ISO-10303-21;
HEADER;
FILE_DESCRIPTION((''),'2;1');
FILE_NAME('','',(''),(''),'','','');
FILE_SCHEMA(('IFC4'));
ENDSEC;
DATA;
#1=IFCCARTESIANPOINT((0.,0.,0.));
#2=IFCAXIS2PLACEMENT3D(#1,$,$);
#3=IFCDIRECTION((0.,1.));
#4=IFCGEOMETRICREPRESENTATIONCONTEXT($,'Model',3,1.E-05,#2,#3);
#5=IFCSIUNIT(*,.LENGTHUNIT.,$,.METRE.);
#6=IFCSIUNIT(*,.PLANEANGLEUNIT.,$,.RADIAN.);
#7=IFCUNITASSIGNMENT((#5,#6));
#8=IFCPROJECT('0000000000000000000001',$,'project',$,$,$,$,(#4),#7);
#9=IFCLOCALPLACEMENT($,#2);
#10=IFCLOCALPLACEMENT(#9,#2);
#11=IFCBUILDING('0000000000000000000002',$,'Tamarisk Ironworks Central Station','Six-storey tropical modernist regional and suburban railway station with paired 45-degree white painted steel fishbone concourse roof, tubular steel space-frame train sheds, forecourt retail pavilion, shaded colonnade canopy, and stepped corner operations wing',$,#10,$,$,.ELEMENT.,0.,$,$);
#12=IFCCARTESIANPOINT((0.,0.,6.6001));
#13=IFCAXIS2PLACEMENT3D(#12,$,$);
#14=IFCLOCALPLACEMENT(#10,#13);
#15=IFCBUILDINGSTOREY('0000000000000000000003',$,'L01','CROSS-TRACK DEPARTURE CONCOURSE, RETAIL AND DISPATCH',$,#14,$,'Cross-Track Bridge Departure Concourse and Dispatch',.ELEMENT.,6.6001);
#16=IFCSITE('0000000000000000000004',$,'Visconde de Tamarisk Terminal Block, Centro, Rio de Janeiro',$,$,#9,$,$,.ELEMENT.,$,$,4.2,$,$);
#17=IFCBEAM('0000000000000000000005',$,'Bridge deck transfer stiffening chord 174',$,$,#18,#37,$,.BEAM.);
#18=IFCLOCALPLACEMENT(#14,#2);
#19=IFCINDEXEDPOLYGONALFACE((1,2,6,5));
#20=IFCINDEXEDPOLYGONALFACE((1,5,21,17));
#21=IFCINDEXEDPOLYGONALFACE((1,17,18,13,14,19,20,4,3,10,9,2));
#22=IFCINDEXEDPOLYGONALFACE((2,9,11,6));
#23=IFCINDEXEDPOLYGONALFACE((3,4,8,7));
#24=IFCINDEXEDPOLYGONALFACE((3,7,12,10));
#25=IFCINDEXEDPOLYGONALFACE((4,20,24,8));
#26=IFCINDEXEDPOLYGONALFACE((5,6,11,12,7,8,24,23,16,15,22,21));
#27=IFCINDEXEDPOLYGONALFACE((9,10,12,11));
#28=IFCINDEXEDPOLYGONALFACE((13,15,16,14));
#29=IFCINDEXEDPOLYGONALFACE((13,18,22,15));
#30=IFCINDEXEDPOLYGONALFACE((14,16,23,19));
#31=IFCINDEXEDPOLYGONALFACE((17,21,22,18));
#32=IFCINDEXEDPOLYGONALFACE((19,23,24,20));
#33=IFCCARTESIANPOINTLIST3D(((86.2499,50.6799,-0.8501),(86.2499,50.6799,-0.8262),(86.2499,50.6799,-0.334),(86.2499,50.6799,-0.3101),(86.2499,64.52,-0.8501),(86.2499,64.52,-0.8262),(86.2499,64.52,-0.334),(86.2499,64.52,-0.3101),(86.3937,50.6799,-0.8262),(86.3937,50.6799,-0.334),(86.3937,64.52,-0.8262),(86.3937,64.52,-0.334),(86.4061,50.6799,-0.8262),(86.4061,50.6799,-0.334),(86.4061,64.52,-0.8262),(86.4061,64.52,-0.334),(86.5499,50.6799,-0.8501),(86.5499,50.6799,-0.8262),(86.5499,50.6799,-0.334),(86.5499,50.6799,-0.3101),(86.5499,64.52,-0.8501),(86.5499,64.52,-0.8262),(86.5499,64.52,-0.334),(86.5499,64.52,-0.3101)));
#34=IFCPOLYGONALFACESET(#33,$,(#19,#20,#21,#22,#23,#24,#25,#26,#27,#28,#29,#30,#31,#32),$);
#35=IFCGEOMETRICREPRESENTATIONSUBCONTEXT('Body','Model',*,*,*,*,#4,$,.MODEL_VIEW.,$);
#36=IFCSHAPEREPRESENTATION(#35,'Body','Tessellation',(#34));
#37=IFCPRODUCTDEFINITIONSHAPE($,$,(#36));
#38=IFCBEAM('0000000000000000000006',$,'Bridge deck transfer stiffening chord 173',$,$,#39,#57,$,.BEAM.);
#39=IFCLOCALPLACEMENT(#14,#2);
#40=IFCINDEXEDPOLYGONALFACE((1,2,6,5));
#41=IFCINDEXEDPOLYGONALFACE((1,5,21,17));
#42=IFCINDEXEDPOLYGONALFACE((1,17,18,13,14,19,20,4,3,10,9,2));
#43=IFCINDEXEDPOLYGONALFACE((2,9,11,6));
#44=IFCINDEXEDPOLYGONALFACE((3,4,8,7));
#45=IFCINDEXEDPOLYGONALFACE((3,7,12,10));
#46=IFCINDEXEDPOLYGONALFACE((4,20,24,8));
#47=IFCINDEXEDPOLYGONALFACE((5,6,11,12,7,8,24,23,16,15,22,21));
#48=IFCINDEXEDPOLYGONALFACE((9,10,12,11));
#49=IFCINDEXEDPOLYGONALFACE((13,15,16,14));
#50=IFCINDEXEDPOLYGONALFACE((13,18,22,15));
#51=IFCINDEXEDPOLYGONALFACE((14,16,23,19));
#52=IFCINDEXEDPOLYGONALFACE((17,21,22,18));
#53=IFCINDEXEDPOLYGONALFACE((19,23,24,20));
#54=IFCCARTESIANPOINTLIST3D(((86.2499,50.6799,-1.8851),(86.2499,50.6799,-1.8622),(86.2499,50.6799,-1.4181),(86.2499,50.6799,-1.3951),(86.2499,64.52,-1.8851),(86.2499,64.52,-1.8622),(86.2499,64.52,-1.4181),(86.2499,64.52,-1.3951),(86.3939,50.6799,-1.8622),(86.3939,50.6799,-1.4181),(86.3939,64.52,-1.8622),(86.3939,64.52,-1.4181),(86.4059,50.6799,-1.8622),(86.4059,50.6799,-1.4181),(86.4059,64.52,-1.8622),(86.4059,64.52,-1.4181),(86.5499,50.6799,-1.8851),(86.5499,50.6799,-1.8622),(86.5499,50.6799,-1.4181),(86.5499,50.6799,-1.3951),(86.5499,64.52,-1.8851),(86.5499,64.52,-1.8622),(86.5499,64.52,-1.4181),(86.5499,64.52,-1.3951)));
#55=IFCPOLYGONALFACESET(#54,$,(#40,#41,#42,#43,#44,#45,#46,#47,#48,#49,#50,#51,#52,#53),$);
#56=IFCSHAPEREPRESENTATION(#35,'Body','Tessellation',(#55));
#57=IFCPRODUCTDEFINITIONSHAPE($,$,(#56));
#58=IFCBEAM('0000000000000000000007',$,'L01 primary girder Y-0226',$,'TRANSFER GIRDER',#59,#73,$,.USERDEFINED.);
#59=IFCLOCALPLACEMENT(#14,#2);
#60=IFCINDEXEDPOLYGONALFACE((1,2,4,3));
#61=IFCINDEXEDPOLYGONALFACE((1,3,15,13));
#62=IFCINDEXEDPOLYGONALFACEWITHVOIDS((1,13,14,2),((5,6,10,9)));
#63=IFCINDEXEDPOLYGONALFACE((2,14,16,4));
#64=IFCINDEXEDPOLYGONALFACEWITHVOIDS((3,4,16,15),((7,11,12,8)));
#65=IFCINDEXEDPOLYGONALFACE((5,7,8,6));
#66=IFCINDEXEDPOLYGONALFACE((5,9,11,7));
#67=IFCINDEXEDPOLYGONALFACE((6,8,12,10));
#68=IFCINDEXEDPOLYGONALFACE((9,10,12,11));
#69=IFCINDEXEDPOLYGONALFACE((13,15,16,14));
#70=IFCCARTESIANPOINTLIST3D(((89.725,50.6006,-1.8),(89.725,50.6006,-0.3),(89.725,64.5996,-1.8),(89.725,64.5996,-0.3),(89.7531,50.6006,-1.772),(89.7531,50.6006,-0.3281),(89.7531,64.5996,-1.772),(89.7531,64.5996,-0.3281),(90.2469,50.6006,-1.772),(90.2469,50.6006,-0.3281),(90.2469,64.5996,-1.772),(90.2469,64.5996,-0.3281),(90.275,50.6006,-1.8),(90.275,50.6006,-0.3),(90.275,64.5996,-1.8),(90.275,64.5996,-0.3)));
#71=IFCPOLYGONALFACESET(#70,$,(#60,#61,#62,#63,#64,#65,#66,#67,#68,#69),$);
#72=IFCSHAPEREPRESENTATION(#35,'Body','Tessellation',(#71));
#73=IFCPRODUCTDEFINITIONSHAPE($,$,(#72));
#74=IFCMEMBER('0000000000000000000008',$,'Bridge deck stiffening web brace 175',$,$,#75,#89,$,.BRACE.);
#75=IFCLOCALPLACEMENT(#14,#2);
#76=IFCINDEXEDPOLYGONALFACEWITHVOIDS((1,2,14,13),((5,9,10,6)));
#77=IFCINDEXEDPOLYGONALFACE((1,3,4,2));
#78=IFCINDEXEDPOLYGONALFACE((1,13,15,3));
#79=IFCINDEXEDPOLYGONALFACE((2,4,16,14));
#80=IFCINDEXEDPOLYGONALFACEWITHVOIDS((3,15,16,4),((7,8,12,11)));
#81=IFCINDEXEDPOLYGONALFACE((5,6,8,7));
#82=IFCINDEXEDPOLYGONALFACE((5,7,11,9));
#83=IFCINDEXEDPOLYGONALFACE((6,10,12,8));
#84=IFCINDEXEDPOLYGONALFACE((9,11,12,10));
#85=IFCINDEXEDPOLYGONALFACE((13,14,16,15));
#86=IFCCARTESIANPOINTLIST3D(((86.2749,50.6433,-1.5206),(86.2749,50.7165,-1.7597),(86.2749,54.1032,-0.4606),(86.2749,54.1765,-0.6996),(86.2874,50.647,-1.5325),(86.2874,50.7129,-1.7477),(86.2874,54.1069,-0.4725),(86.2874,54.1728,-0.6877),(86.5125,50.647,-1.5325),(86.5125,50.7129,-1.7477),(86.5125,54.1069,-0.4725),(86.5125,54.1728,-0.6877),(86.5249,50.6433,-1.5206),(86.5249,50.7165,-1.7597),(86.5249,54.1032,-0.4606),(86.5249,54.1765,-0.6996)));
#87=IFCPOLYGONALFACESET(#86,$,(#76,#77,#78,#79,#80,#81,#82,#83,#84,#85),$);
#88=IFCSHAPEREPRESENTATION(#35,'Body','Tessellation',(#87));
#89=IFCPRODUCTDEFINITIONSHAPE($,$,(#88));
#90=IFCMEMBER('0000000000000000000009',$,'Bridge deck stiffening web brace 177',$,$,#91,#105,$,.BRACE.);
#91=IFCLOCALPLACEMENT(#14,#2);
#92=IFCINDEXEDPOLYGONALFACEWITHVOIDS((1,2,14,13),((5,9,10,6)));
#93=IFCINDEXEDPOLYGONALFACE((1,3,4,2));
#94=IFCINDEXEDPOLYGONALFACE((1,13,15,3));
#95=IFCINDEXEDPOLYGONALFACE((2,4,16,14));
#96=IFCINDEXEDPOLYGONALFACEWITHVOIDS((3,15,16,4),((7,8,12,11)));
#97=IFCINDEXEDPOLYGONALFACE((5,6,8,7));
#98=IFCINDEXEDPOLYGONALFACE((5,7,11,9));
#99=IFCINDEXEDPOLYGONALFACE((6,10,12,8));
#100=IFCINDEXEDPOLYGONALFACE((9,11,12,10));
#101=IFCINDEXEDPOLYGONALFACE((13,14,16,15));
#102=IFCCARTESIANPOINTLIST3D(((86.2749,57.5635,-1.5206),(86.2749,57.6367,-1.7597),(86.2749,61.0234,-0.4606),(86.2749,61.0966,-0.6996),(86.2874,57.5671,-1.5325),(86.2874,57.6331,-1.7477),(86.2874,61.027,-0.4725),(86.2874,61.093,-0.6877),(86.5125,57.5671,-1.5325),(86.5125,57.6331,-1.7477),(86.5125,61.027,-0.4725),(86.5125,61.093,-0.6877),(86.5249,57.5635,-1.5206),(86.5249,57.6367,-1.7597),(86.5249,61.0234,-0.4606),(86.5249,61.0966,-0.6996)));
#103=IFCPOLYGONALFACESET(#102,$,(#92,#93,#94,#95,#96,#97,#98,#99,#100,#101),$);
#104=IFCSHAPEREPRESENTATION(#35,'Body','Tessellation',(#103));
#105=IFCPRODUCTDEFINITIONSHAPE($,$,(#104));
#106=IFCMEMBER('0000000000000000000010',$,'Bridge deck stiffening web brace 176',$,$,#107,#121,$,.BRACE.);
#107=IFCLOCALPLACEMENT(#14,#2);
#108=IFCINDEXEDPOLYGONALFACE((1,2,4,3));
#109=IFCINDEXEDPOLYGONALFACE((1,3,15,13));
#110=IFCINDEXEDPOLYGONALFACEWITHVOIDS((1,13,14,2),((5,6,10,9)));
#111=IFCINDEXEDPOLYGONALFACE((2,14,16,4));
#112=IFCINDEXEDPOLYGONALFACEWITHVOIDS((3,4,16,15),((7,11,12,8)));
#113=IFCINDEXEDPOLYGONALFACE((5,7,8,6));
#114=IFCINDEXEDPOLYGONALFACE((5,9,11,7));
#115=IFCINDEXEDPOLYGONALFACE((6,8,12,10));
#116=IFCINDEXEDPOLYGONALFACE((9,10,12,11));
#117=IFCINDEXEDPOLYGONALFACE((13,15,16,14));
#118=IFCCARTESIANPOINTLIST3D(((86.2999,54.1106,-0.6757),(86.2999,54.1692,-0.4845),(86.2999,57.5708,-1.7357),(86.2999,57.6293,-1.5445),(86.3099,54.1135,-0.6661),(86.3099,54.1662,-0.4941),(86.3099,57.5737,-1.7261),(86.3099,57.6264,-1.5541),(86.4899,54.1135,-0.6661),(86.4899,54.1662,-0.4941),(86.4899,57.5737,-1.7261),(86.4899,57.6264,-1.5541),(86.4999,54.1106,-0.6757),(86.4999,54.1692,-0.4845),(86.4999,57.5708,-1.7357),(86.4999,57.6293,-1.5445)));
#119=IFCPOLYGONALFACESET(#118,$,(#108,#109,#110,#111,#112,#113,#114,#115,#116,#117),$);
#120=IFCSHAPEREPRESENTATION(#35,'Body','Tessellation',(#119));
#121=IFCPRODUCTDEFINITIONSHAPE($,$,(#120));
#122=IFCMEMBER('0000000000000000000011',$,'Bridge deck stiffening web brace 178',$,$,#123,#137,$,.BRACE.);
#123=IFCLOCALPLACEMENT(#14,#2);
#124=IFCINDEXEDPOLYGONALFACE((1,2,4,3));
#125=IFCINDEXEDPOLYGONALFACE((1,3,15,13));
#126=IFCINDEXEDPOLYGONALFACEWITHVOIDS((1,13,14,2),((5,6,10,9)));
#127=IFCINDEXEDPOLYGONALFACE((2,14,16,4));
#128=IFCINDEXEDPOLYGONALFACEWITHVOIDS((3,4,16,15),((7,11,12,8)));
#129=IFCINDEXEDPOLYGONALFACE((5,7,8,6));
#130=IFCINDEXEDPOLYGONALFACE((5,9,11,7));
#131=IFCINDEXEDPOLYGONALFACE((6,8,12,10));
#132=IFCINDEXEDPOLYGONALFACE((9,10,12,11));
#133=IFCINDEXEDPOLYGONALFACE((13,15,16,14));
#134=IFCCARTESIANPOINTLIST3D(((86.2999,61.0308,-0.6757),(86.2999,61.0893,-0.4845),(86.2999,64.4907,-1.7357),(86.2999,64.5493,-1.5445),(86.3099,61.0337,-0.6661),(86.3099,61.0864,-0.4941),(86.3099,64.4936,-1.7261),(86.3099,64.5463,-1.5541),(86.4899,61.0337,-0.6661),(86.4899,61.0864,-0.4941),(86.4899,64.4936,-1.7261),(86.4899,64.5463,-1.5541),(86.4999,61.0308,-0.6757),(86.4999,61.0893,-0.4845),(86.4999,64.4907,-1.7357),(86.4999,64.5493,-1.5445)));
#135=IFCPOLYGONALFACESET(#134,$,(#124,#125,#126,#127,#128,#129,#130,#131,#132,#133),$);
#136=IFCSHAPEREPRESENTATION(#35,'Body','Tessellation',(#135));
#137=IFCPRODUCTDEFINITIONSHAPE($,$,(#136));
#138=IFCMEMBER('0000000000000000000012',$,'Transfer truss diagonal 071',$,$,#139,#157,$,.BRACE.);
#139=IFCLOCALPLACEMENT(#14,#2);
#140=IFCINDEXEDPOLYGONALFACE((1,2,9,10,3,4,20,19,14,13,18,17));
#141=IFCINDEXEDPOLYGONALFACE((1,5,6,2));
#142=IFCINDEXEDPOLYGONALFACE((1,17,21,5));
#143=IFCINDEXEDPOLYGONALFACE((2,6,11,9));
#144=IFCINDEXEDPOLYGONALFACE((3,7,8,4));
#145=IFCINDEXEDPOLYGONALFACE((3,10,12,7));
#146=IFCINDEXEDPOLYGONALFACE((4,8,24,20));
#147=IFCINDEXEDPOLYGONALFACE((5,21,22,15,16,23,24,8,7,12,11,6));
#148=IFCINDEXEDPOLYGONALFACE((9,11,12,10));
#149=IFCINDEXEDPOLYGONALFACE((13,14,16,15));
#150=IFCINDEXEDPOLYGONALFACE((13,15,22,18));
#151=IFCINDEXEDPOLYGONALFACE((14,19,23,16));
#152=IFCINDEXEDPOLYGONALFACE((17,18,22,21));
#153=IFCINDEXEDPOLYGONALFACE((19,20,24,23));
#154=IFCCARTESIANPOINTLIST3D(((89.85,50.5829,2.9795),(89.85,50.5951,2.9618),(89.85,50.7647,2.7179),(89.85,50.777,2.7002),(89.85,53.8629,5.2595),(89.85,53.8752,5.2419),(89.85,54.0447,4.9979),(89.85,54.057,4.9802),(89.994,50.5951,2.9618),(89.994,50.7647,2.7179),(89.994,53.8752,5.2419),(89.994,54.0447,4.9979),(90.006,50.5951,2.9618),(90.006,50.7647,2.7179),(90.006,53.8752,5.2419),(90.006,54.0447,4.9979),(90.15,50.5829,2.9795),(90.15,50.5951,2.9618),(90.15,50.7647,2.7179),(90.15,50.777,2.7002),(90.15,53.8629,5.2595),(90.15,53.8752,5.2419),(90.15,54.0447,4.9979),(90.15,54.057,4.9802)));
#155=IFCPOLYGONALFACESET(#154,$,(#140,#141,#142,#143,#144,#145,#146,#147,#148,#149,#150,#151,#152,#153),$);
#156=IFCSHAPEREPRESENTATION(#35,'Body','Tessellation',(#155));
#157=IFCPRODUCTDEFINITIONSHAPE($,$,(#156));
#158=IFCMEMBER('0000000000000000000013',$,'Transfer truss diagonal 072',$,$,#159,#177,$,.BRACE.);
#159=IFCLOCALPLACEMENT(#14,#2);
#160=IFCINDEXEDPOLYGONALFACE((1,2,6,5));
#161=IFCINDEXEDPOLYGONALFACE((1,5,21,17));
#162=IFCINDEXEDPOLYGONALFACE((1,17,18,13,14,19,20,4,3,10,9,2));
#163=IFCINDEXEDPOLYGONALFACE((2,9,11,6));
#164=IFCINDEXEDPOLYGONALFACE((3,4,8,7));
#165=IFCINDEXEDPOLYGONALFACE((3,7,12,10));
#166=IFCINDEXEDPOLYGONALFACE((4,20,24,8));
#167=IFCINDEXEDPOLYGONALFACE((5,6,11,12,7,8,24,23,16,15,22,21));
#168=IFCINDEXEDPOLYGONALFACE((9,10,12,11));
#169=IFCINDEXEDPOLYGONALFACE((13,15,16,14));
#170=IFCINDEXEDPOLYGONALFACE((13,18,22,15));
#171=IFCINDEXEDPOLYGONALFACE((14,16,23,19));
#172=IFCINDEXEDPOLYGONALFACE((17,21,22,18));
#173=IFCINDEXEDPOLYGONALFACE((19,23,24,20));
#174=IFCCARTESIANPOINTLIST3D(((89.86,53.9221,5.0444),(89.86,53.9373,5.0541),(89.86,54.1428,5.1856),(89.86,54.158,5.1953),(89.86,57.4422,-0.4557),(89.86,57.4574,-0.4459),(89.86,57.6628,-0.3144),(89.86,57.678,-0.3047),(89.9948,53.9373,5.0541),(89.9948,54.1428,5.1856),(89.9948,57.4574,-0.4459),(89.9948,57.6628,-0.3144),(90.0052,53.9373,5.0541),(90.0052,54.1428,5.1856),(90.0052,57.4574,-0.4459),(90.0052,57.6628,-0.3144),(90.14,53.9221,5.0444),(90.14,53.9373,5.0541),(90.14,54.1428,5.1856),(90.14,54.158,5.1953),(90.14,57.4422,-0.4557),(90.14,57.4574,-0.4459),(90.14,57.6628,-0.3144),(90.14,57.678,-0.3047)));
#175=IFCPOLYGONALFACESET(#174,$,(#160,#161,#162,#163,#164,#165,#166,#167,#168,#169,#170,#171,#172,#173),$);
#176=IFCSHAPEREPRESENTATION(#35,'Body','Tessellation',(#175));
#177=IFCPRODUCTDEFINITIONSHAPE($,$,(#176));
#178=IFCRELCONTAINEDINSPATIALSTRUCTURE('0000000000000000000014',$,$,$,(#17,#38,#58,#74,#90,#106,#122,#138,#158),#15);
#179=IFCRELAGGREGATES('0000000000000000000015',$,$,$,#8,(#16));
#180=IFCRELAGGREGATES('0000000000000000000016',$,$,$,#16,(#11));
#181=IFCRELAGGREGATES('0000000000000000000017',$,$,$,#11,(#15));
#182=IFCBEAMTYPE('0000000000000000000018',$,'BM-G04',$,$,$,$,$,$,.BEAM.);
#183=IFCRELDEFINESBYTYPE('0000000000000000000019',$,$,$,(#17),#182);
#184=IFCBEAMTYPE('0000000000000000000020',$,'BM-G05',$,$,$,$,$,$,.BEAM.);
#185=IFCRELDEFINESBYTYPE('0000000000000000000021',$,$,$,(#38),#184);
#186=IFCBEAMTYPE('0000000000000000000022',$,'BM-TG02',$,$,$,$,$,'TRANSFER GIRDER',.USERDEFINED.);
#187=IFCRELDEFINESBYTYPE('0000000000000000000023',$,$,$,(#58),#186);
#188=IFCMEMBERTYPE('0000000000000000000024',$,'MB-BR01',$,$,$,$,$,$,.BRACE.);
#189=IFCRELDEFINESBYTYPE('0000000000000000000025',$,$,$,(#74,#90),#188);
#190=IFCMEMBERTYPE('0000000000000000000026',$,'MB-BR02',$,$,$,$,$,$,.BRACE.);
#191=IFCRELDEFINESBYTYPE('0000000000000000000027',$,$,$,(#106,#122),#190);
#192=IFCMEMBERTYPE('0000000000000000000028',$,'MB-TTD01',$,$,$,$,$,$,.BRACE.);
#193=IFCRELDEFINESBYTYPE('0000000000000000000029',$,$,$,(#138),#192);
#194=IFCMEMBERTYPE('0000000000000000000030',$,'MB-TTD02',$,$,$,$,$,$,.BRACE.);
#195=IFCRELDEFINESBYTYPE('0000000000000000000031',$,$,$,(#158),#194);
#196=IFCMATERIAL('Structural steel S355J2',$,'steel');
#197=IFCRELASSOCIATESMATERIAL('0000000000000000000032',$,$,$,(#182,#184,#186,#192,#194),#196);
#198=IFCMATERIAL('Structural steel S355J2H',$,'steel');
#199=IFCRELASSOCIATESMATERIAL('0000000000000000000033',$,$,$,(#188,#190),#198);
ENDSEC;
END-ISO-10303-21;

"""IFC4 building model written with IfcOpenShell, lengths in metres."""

from ifc_helpers import new_model, si_unit, direction, frame, origin, origin_2d, place, context, subcontext, project, spatial, hollow_rectangle, i_section, extrude, material, material_profile, profile_set, type_object, element, save


model = new_model("IFC4")

# Units and contexts
model_context = context("Model", 3, precision=1e-05, world=origin(), true_north=direction((0.0, 1.0)))
body_context = subcontext(model_context, "Body", "Model", "MODEL_VIEW")
ifc_project = project(units=[si_unit("LENGTHUNIT", "METRE"), si_unit("PLANEANGLEUNIT", "RADIAN")], contexts=[model_context])

# Site, building, storey
site_placement = place(None, origin())
site = spatial("IfcSite", under=ifc_project, at=site_placement, Name="Visconde de Tamarisk Terminal Block, Centro, Rio de Janeiro", CompositionType="ELEMENT", RefElevation=4.2)
building_placement = place(site_placement, origin())
building = spatial("IfcBuilding", under=site, at=building_placement, Name="Tamarisk Ironworks Central Station", Description="Six-storey tropical modernist regional and suburban railway station with paired 45-degree white painted steel fishbone concourse roof, tubular steel space-frame train sheds, forecourt retail pavilion, shaded colonnade canopy, and stepped corner operations wing", CompositionType="ELEMENT", ElevationOfRefHeight=0.0)
storey_placement = place(building_placement, frame((0.0, 0.0, 6.6001)))
storey = spatial("IfcBuildingStorey", under=building, at=storey_placement, Name="L01", Description="CROSS-TRACK DEPARTURE CONCOURSE, RETAIL AND DISPATCH", LongName="Cross-Track Bridge Departure Concourse and Dispatch", CompositionType="ELEMENT", Elevation=6.6001)

# Beams
ifc_material_1 = material(Name="Structural steel S355J2", Category="steel")
ifc_material_profile_1 = material_profile(ifc_material_1, i_section(OverallWidth=0.3, OverallDepth=0.54, WebThickness=0.0125, FlangeThickness=0.0239, at=origin_2d()), Name="HEA 550")
ifc_profile_set_1 = profile_set([ifc_material_profile_1], Name="Structural steel S355J2")
beam_type_1 = type_object("IfcBeamType", Name="BM-G04", PredefinedType="BEAM", material=ifc_profile_set_1)
beam_1_placement = place(storey_placement, frame((86.3999, 50.6799, -0.5801), z_axis=(0.0, 1.0, 0.0), x_axis=(-1.0, 0.0, 0.0)))
element("IfcBeam", 1, at=beam_1_placement, inside=storey, type_object=beam_type_1, Name="Bridge deck transfer stiffening chord 174", PredefinedType="BEAM", context=body_context, shape_type="SweptSolid", body=[
    extrude(i_section(OverallWidth=0.3, OverallDepth=0.54, WebThickness=0.0125, FlangeThickness=0.0239, at=origin_2d()), origin(), (0.0, 0.0, 1.0), 13.8401),
])
ifc_material_profile_2 = material_profile(ifc_material_1, i_section(OverallWidth=0.3, OverallDepth=0.49, WebThickness=0.012, FlangeThickness=0.0229, at=origin_2d()), Name="HEA 500")
ifc_profile_set_2 = profile_set([ifc_material_profile_2], Name="Structural steel S355J2")
beam_type_2 = type_object("IfcBeamType", Name="BM-G05", PredefinedType="BEAM", material=ifc_profile_set_2)
beam_2_placement = place(storey_placement, frame((86.3999, 50.6799, -1.6401), z_axis=(0.0, 1.0, 0.0), x_axis=(-1.0, 0.0, 0.0)))
element("IfcBeam", 2, at=beam_2_placement, inside=storey, type_object=beam_type_2, Name="Bridge deck transfer stiffening chord 173", PredefinedType="BEAM", context=body_context, shape_type="SweptSolid", body=[
    extrude(i_section(OverallWidth=0.3, OverallDepth=0.49, WebThickness=0.012, FlangeThickness=0.0229, at=origin_2d()), origin(), (0.0, 0.0, 1.0), 13.8401),
])
ifc_material_profile_3 = material_profile(ifc_material_1, hollow_rectangle(XDim=0.55, YDim=1.5, WallThickness=0.0281, at=origin_2d()), Name="BOX 550x1500x28")
ifc_profile_set_3 = profile_set([ifc_material_profile_3], Name="Structural steel S355J2")
beam_type_3 = type_object("IfcBeamType", Name="BM-TG02", ElementType="TRANSFER GIRDER", PredefinedType="USERDEFINED", material=ifc_profile_set_3)
beam_3_placement = place(storey_placement, frame((90.0, 50.6006, -1.05), z_axis=(0.0, 1.0, 0.0), x_axis=(-1.0, 0.0, 0.0)))
element("IfcBeam", 3, at=beam_3_placement, inside=storey, type_object=beam_type_3, Name="L01 primary girder Y-0226", ObjectType="TRANSFER GIRDER", PredefinedType="USERDEFINED", context=body_context, shape_type="SweptSolid", body=[
    extrude(hollow_rectangle(XDim=0.55, YDim=1.5, WallThickness=0.0281, at=origin_2d()), origin(), (0.0, 0.0, 1.0), 13.999),
])

# Members
ifc_material_2 = material(Name="Structural steel S355J2H", Category="steel")
ifc_material_profile_4 = material_profile(ifc_material_2, hollow_rectangle(XDim=0.25, YDim=0.25, WallThickness=0.0125, at=origin_2d()), Name="SHS 250x250x12.5")
ifc_profile_set_4 = profile_set([ifc_material_profile_4], Name="Structural steel S355J2H")
member_type_1 = type_object("IfcMemberType", Name="MB-BR01", PredefinedType="BRACE", material=ifc_profile_set_4)
for number, where, z_axis, x_axis, name in (
    (4, (86.3999, 50.6799, -1.6401), (0.0, 0.956131, 0.292938), (-1.0, 0.0, 0.0), "Bridge deck stiffening web brace 175"),
    (5, (86.3999, 57.6001, -1.6401), (0.0, 0.956131, 0.292938), (-1.0, 0.0, 0.0), "Bridge deck stiffening web brace 177"),
):
    element("IfcMember", number, at=place(storey_placement, frame(where, z_axis=z_axis, x_axis=x_axis)), inside=storey, type_object=member_type_1, Name=name, PredefinedType="BRACE", context=body_context, shape_type="SweptSolid", body=[
        extrude(hollow_rectangle(XDim=0.25, YDim=0.25, WallThickness=0.0125, at=origin_2d()), origin(), (0.0, 0.0, 1.0), 3.6187),
    ])
ifc_material_profile_5 = material_profile(ifc_material_2, hollow_rectangle(XDim=0.2, YDim=0.2, WallThickness=0.01, at=origin_2d()), Name="SHS 200x200x10")
ifc_profile_set_5 = profile_set([ifc_material_profile_5], Name="Structural steel S355J2H")
member_type_2 = type_object("IfcMemberType", Name="MB-BR02", PredefinedType="BRACE", material=ifc_profile_set_5)
member_1_placement = place(storey_placement, frame((86.3999, 54.1399, -0.5801), z_axis=(0.0, 0.956137, -0.292919), x_axis=(-1.0, 0.0, 0.0)))
element("IfcMember", 6, at=member_1_placement, inside=storey, type_object=member_type_2, Name="Bridge deck stiffening web brace 176", PredefinedType="BRACE", context=body_context, shape_type="SweptSolid", body=[
    extrude(hollow_rectangle(XDim=0.2, YDim=0.2, WallThickness=0.01, at=origin_2d()), origin(), (0.0, 0.0, 1.0), 3.6189),
])
member_2_placement = place(storey_placement, frame((86.3999, 61.0601, -0.5801), z_axis=(0.0, 0.956131, -0.292938), x_axis=(-1.0, 0.0, 0.0)))
element("IfcMember", 7, at=member_2_placement, inside=storey, type_object=member_type_2, Name="Bridge deck stiffening web brace 178", PredefinedType="BRACE", context=body_context, shape_type="SweptSolid", body=[
    extrude(hollow_rectangle(XDim=0.2, YDim=0.2, WallThickness=0.01, at=origin_2d()), origin(), (0.0, 0.0, 1.0), 3.6187),
])
ifc_material_profile_6 = material_profile(ifc_material_1, i_section(OverallWidth=0.3, OverallDepth=0.3401, WebThickness=0.012, FlangeThickness=0.0215, at=origin_2d()), Name="HEB 340")
ifc_profile_set_6 = profile_set([ifc_material_profile_6], Name="Structural steel S355J2")
member_type_3 = type_object("IfcMemberType", Name="MB-TTD01", PredefinedType="BRACE", material=ifc_profile_set_6)
member_3_placement = place(storey_placement, frame((90.0, 50.6799, 2.8398), z_axis=(0.0, 0.821108, 0.570773), x_axis=(-1.0, 0.0, 0.0)))
element("IfcMember", 8, at=member_3_placement, inside=storey, type_object=member_type_3, Name="Transfer truss diagonal 071", PredefinedType="BRACE", context=body_context, shape_type="SweptSolid", body=[
    extrude(i_section(OverallWidth=0.3, OverallDepth=0.3401, WebThickness=0.012, FlangeThickness=0.0215, at=origin_2d()), origin(), (0.0, 0.0, 1.0), 3.9946),
])
ifc_material_profile_7 = material_profile(ifc_material_1, i_section(OverallWidth=0.28, OverallDepth=0.28, WebThickness=0.0105, FlangeThickness=0.0181, at=origin_2d()), Name="HEB 280")
ifc_profile_set_7 = profile_set([ifc_material_profile_7], Name="Structural steel S355J2")
member_type_4 = type_object("IfcMemberType", Name="MB-TTD02", PredefinedType="BRACE", material=ifc_profile_set_7)
for number, where, z_axis, x_axis, name in (
    (9, (90.0, 54.04, 5.1199), (0.0, 0.539056, -0.84227), (-1.0, 0.0, 0.0), "Transfer truss diagonal 072"),
):
    element("IfcMember", number, at=place(storey_placement, frame(where, z_axis=z_axis, x_axis=x_axis)), inside=storey, type_object=member_type_4, Name=name, PredefinedType="BRACE", context=body_context, shape_type="SweptSolid", body=[
        extrude(i_section(OverallWidth=0.28, OverallDepth=0.28, WebThickness=0.0105, FlangeThickness=0.0181, at=origin_2d()), origin(), (0.0, 0.0, 1.0), 6.53),
    ])

save(model, "model.ifc")
